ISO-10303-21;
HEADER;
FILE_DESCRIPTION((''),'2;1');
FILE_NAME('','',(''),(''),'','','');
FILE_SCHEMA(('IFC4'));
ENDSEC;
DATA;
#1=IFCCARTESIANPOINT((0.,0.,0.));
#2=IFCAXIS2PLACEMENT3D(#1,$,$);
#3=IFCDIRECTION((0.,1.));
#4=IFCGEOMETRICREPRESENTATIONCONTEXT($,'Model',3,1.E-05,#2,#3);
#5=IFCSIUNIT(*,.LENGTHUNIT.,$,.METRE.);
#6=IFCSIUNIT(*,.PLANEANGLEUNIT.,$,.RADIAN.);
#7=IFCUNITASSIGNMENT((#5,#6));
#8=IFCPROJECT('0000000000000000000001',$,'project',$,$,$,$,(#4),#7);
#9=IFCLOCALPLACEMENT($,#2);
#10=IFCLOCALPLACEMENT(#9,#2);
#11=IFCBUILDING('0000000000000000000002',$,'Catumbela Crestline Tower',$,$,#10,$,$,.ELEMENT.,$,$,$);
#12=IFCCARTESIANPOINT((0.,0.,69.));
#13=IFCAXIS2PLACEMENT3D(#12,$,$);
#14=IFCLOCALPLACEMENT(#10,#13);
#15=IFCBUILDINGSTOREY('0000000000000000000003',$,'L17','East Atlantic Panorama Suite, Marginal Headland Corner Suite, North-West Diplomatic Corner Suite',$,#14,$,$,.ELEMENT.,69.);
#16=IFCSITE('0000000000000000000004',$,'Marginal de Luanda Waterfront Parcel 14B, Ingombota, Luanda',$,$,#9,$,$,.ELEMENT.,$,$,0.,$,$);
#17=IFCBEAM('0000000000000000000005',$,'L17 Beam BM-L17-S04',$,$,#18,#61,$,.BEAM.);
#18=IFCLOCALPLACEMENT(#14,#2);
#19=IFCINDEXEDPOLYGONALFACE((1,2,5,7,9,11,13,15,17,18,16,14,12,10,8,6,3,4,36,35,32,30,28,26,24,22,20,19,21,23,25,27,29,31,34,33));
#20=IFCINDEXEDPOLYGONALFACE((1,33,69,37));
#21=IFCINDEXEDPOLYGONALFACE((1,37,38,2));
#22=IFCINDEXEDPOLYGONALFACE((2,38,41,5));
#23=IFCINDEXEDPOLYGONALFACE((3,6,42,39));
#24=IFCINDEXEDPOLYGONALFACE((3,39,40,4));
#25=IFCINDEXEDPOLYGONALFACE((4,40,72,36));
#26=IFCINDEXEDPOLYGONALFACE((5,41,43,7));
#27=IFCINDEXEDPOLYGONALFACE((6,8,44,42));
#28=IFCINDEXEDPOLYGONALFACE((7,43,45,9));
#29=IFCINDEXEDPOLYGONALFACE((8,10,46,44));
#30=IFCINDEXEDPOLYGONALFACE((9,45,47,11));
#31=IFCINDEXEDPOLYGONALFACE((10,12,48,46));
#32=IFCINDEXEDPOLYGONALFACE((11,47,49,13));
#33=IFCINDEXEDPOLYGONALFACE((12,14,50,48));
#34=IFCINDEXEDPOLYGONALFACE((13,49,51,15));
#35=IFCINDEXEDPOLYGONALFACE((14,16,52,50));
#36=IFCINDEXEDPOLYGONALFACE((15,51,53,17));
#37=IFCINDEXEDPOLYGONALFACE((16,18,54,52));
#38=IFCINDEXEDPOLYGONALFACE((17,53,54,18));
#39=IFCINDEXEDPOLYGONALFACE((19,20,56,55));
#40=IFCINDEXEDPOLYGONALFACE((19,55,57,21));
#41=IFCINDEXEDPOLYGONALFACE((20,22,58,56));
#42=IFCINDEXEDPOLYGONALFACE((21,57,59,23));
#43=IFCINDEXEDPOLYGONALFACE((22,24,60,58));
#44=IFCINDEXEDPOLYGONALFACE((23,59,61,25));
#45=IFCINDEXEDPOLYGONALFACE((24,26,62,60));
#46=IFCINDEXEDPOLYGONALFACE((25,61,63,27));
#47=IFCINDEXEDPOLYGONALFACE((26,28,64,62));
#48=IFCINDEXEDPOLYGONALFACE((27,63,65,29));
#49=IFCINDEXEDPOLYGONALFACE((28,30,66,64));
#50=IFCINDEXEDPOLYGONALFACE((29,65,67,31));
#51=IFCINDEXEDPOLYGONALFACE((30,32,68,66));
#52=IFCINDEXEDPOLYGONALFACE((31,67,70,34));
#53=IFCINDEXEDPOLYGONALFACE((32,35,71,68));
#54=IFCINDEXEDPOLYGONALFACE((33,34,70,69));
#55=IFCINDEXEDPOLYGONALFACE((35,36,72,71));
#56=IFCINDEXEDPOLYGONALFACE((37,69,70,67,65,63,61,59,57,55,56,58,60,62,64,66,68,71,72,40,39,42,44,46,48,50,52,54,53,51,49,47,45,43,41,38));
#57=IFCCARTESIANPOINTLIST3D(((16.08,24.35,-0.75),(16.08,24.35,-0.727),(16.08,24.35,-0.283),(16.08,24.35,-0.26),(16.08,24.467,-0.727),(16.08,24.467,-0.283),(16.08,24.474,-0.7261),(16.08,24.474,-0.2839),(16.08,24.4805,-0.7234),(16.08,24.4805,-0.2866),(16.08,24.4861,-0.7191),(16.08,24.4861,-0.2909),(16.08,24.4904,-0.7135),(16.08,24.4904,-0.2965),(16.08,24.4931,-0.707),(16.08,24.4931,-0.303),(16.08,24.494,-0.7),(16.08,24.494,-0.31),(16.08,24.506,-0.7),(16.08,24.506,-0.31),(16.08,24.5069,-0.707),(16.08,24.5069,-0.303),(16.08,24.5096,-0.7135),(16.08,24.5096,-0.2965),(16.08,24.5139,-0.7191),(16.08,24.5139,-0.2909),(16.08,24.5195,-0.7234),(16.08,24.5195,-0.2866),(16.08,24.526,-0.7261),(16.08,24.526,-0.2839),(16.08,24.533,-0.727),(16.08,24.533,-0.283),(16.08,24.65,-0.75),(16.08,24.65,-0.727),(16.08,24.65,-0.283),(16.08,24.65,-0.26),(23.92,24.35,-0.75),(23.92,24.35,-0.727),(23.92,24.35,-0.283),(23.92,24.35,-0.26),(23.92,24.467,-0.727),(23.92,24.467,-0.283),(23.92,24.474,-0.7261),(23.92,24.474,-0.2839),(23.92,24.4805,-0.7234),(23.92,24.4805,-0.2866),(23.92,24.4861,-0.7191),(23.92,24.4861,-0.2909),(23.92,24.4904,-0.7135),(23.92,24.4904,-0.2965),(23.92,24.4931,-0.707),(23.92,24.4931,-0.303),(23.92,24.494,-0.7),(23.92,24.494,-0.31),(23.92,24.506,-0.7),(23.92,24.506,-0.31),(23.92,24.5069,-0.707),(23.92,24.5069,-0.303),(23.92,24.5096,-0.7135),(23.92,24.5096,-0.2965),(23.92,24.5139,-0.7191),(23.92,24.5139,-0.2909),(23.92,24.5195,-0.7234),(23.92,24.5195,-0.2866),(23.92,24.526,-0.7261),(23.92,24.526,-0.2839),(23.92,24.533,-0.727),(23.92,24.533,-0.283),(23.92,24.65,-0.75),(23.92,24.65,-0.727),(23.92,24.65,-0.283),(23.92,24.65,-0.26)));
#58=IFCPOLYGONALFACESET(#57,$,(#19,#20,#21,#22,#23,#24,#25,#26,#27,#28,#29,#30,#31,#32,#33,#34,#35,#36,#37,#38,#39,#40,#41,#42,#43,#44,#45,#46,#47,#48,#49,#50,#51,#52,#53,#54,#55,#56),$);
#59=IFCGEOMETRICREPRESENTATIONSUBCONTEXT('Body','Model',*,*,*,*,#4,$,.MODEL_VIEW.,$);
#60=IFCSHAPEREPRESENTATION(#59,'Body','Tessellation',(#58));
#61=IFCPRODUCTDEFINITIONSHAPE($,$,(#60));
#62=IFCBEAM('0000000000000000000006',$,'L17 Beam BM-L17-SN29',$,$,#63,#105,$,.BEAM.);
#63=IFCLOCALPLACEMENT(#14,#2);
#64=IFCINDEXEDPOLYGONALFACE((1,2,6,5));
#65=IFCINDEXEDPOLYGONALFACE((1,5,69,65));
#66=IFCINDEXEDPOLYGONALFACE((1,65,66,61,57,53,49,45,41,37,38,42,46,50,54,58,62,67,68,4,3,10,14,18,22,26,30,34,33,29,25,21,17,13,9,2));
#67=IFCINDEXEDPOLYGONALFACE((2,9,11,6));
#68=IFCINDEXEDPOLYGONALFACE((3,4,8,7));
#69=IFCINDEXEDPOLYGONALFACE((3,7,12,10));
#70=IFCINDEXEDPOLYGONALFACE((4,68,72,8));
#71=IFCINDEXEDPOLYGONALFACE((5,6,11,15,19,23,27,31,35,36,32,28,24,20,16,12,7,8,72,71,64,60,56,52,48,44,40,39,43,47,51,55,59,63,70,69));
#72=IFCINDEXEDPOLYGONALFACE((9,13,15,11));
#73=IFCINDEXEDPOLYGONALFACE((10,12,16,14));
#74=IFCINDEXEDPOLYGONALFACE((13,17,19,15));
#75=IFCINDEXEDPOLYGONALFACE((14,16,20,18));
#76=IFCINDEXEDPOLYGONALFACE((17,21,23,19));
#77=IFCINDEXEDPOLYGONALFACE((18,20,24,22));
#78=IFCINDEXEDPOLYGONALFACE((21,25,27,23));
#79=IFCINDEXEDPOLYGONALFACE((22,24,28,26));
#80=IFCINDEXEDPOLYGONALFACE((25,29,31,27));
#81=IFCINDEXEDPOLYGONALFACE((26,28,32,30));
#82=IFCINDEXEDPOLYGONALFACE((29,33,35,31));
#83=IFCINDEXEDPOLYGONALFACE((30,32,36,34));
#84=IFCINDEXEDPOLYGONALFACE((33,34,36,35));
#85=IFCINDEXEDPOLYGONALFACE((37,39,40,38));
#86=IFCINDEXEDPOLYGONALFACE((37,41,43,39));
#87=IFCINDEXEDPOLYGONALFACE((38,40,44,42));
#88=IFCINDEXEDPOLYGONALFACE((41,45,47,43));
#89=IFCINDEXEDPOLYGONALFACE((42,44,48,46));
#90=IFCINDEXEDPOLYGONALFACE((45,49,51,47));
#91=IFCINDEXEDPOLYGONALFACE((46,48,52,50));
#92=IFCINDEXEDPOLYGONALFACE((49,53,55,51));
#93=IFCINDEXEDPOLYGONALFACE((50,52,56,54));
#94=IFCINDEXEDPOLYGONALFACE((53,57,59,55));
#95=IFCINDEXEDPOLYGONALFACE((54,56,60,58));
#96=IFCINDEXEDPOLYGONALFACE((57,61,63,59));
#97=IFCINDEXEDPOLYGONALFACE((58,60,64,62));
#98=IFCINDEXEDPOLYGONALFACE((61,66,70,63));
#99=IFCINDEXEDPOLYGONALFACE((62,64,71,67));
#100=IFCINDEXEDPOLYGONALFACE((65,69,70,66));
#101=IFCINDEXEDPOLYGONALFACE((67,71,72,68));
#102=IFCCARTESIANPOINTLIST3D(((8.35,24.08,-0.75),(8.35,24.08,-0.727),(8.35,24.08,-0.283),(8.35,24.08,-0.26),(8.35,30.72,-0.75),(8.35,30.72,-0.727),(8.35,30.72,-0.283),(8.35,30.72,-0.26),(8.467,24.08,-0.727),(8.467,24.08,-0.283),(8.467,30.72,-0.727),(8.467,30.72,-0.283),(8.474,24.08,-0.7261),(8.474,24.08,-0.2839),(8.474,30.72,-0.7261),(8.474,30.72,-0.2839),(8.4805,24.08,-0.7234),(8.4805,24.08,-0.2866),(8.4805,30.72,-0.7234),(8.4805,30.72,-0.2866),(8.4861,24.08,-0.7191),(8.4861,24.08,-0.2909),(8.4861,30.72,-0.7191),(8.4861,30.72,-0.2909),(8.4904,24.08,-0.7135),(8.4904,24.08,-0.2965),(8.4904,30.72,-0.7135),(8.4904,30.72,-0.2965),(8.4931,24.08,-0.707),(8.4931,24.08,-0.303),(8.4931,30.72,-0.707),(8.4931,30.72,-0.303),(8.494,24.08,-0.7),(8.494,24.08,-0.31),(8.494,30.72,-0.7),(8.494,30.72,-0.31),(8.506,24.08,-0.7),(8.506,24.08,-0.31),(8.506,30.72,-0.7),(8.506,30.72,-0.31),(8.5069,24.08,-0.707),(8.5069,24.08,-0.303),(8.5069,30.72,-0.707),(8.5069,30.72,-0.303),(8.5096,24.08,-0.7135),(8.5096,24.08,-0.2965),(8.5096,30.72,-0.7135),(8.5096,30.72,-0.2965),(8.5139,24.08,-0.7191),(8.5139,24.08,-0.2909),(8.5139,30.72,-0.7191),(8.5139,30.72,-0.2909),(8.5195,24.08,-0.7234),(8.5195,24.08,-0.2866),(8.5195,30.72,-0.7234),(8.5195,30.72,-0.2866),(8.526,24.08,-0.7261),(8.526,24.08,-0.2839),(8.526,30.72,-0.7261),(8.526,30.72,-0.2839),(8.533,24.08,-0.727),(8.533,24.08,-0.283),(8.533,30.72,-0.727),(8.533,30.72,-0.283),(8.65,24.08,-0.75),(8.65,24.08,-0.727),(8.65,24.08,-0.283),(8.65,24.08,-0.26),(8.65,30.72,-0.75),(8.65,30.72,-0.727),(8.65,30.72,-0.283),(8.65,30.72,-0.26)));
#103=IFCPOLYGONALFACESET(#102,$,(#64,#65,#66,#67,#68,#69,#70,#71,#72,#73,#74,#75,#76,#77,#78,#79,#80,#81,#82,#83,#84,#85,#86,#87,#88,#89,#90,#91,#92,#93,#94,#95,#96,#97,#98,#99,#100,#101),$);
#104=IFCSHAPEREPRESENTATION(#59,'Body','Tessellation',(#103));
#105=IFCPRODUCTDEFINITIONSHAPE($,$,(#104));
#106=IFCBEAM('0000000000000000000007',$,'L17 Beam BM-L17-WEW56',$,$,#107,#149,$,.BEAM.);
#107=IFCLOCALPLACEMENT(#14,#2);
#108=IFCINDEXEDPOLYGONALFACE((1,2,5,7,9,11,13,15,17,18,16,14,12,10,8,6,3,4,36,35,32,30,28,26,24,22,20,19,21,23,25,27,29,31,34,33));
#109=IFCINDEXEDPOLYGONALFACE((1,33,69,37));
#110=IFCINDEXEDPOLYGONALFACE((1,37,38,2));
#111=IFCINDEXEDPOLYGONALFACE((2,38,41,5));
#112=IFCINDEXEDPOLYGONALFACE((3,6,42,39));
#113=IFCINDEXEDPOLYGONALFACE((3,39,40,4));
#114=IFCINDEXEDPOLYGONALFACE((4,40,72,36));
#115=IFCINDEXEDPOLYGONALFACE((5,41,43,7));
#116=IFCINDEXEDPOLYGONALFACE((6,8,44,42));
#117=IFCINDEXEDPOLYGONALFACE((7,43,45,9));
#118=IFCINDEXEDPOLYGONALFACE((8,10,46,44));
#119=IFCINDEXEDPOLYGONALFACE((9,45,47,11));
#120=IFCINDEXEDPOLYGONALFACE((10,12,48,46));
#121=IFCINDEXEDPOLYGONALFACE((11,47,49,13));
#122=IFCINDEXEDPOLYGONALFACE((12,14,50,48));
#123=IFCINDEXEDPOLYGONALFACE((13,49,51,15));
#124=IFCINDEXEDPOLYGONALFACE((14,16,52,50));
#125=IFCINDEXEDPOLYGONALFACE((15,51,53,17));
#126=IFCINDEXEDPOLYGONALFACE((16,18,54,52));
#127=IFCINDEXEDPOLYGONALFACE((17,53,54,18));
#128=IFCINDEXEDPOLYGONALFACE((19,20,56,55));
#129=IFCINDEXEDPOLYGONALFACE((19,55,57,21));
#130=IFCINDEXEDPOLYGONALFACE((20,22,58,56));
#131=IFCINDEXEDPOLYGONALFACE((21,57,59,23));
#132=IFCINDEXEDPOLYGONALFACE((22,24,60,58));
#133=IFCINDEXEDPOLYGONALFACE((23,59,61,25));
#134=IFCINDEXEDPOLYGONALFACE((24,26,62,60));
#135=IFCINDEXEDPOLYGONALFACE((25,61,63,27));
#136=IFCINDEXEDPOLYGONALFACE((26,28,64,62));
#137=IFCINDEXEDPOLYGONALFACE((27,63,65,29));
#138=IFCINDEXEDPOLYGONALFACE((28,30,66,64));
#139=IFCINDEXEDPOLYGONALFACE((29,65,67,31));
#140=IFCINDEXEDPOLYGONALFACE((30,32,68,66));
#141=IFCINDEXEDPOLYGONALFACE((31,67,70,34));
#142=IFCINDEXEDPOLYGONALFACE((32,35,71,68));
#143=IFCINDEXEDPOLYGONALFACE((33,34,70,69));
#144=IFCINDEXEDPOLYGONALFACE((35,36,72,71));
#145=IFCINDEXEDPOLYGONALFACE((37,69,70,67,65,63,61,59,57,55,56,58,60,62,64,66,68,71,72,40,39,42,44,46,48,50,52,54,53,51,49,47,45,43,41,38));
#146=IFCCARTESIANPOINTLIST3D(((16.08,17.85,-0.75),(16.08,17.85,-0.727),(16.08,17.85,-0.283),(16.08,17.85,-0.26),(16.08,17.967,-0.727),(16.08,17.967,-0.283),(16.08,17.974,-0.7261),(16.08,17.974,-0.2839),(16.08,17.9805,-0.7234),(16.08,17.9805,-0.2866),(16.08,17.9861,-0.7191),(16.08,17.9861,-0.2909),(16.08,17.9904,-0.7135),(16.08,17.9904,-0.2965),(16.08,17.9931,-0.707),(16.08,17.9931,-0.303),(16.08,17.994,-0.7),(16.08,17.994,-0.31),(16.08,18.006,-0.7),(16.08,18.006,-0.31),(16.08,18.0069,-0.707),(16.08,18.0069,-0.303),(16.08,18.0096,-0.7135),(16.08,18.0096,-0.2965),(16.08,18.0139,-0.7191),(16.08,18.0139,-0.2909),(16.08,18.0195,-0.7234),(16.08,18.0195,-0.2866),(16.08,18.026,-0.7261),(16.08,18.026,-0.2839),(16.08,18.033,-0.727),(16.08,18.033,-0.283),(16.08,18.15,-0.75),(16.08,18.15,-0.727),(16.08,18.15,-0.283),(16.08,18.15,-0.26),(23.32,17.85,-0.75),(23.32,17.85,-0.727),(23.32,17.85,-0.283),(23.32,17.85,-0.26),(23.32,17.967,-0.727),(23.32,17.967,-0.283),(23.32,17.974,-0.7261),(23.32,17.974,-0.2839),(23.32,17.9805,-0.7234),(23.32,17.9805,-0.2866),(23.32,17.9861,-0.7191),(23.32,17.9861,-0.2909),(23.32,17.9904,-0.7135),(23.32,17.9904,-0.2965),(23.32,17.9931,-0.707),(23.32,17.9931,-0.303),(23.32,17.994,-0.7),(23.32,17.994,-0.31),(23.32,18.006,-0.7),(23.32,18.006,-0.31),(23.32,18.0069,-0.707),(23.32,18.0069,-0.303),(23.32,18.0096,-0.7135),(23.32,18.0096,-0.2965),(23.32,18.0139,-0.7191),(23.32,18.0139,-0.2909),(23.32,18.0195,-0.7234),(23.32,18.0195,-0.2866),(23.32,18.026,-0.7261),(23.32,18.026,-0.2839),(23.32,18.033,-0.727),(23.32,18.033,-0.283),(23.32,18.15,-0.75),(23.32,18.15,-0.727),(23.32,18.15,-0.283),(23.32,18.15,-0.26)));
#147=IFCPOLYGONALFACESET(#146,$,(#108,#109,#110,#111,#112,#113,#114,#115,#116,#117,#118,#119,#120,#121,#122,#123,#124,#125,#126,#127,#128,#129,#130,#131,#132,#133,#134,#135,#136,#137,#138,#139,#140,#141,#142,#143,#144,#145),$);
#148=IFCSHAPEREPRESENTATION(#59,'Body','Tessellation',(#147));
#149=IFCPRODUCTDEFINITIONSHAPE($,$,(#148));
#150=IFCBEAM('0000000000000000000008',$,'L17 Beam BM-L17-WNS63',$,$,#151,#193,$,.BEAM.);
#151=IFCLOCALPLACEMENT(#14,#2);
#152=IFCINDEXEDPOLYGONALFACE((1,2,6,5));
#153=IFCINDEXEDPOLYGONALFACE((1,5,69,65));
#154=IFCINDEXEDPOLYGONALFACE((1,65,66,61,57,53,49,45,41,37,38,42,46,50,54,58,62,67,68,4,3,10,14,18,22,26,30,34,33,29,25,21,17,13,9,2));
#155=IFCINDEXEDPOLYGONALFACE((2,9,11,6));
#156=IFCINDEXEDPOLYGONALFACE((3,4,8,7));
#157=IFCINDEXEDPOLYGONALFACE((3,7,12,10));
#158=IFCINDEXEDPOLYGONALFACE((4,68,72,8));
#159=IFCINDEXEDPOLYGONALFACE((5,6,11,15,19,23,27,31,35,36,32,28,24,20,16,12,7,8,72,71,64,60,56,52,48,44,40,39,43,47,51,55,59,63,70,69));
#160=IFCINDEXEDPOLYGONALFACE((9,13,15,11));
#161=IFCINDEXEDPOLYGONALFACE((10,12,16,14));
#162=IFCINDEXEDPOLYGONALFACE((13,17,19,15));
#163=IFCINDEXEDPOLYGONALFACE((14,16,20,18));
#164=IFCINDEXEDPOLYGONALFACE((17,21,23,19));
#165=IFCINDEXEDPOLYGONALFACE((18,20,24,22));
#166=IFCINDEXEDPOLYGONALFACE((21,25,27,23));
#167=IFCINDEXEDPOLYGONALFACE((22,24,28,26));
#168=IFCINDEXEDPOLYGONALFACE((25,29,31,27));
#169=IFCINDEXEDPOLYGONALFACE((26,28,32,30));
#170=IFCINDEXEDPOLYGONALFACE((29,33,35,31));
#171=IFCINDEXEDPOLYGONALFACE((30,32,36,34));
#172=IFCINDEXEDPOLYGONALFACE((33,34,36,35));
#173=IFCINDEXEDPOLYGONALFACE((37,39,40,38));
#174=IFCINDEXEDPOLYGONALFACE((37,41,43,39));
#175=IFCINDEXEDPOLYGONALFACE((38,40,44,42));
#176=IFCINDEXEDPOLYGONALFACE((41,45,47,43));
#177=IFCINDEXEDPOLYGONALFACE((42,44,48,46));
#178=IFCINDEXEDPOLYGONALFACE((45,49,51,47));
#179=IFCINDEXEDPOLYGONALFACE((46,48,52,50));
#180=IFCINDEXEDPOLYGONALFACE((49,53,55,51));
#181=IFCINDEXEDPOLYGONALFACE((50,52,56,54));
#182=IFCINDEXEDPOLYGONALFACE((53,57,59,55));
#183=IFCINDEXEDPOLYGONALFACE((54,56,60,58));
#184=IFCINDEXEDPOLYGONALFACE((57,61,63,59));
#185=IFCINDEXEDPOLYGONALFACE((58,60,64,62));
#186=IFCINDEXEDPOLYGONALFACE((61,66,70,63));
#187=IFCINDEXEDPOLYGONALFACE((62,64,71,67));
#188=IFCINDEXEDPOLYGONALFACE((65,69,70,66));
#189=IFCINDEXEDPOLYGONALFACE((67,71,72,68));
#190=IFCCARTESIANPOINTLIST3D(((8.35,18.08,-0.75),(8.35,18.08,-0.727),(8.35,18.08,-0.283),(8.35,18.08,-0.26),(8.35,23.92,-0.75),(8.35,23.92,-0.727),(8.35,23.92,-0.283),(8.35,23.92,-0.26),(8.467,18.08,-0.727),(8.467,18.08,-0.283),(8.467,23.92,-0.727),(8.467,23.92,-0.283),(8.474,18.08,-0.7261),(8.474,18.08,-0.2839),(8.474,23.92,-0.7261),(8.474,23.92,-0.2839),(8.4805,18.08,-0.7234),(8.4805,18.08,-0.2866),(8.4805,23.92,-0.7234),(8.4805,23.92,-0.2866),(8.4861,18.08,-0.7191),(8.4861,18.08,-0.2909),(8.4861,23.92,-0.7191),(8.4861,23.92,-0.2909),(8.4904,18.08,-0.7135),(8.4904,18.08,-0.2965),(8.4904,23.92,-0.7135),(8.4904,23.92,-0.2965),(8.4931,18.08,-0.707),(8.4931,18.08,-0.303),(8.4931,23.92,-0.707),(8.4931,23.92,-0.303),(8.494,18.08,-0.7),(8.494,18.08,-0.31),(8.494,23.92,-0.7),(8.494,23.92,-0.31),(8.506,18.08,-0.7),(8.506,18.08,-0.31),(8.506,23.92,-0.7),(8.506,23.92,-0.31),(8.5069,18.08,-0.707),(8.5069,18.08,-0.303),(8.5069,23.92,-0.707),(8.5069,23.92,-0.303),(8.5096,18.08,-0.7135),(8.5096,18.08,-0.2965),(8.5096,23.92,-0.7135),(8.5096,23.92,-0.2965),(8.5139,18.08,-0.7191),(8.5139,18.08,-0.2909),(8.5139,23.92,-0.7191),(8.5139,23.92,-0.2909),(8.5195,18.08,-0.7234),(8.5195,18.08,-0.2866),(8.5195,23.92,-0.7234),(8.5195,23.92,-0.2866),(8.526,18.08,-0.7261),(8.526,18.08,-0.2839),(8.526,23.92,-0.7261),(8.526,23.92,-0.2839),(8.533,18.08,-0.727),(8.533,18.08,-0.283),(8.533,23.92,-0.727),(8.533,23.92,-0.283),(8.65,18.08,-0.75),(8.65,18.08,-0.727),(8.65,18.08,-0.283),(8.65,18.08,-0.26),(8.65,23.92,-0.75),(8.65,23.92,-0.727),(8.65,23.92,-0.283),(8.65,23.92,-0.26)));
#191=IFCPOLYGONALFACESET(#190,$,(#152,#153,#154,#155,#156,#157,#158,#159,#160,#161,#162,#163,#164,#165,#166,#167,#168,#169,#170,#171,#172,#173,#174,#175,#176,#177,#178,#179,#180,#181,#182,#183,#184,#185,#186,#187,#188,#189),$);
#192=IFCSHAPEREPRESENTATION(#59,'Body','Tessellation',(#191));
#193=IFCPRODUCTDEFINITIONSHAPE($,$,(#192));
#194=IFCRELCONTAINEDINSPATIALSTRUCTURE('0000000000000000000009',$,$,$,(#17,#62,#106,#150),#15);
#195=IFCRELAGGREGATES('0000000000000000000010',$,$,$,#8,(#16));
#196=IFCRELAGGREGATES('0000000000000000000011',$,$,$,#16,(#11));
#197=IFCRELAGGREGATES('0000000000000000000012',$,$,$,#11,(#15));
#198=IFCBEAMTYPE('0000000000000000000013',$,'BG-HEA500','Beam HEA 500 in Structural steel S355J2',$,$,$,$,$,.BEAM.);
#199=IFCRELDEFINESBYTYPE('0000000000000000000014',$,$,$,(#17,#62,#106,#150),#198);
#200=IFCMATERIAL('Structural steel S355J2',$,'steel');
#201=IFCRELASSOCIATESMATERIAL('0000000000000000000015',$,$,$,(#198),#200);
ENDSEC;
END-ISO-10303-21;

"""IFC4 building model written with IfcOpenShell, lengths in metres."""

from ifc_helpers import new_model, si_unit, direction, frame, origin, origin_2d, place, context, subcontext, project, spatial, i_section, extrude, material, material_profile, profile_set, type_object, element, save


model = new_model("IFC4")

# Units and contexts
model_context = context("Model", 3, precision=1e-05, world=origin(), true_north=direction((0.0, 1.0)))
body_context = subcontext(model_context, "Body", "Model", "MODEL_VIEW")
ifc_project = project(units=[si_unit("LENGTHUNIT", "METRE"), si_unit("PLANEANGLEUNIT", "RADIAN")], contexts=[model_context])

# Site, building, storey
site_placement = place(None, origin())
site = spatial("IfcSite", under=ifc_project, at=site_placement, Name="Marginal de Luanda Waterfront Parcel 14B, Ingombota, Luanda", CompositionType="ELEMENT", RefElevation=0.0)
building_placement = place(site_placement, origin())
building = spatial("IfcBuilding", under=site, at=building_placement, Name="Catumbela Crestline Tower", CompositionType="ELEMENT")
storey_placement = place(building_placement, frame((0.0, 0.0, 69.0)))
storey = spatial("IfcBuildingStorey", under=building, at=storey_placement, Name="L17", Description="East Atlantic Panorama Suite, Marginal Headland Corner Suite, North-West Diplomatic Corner Suite", CompositionType="ELEMENT", Elevation=69.0)

# Beams
ifc_material_1 = material(Name="Structural steel S355J2", Category="steel")
ifc_material_profile_1 = material_profile(ifc_material_1, i_section(OverallWidth=0.3, OverallDepth=0.49, WebThickness=0.012, FlangeThickness=0.023, FilletRadius=0.027, at=origin_2d()), Name="HEA 500")
ifc_profile_set_1 = profile_set([ifc_material_profile_1], Name="Structural steel S355J2")
beam_type = type_object("IfcBeamType", Name="BG-HEA500", Description="Beam HEA 500 in Structural steel S355J2", PredefinedType="BEAM", material=ifc_profile_set_1)
beam_1_placement = place(storey_placement, frame((16.08, 24.5, -0.505), z_axis=(1.0, 0.0, 0.0), x_axis=(0.0, 1.0, 0.0)))
element("IfcBeam", 1, at=beam_1_placement, inside=storey, type_object=beam_type, Name="L17 Beam BM-L17-S04", PredefinedType="BEAM", context=body_context, shape_type="SweptSolid", body=[
    extrude(i_section(OverallWidth=0.3, OverallDepth=0.49, WebThickness=0.012, FlangeThickness=0.023, FilletRadius=0.027, at=origin_2d()), origin(), (0.0, 0.0, 1.0), 7.84),
])
beam_2_placement = place(storey_placement, frame((8.5, 24.08, -0.505), z_axis=(0.0, 1.0, 0.0), x_axis=(-1.0, 0.0, 0.0)))
element("IfcBeam", 2, at=beam_2_placement, inside=storey, type_object=beam_type, Name="L17 Beam BM-L17-SN29", PredefinedType="BEAM", context=body_context, shape_type="SweptSolid", body=[
    extrude(i_section(OverallWidth=0.3, OverallDepth=0.49, WebThickness=0.012, FlangeThickness=0.023, FilletRadius=0.027, at=origin_2d()), origin(), (0.0, 0.0, 1.0), 6.64),
])
beam_3_placement = place(storey_placement, frame((16.08, 18.0, -0.505), z_axis=(1.0, 0.0, 0.0), x_axis=(0.0, 1.0, 0.0)))
element("IfcBeam", 3, at=beam_3_placement, inside=storey, type_object=beam_type, Name="L17 Beam BM-L17-WEW56", PredefinedType="BEAM", context=body_context, shape_type="SweptSolid", body=[
    extrude(i_section(OverallWidth=0.3, OverallDepth=0.49, WebThickness=0.012, FlangeThickness=0.023, FilletRadius=0.027, at=origin_2d()), origin(), (0.0, 0.0, 1.0), 7.24),
])
beam_4_placement = place(storey_placement, frame((8.5, 18.08, -0.505), z_axis=(0.0, 1.0, 0.0), x_axis=(-1.0, 0.0, 0.0)))
element("IfcBeam", 4, at=beam_4_placement, inside=storey, type_object=beam_type, Name="L17 Beam BM-L17-WNS63", PredefinedType="BEAM", context=body_context, shape_type="SweptSolid", body=[
    extrude(i_section(OverallWidth=0.3, OverallDepth=0.49, WebThickness=0.012, FlangeThickness=0.023, FilletRadius=0.027, at=origin_2d()), origin(), (0.0, 0.0, 1.0), 5.84),
])

save(model, "model.ifc")
